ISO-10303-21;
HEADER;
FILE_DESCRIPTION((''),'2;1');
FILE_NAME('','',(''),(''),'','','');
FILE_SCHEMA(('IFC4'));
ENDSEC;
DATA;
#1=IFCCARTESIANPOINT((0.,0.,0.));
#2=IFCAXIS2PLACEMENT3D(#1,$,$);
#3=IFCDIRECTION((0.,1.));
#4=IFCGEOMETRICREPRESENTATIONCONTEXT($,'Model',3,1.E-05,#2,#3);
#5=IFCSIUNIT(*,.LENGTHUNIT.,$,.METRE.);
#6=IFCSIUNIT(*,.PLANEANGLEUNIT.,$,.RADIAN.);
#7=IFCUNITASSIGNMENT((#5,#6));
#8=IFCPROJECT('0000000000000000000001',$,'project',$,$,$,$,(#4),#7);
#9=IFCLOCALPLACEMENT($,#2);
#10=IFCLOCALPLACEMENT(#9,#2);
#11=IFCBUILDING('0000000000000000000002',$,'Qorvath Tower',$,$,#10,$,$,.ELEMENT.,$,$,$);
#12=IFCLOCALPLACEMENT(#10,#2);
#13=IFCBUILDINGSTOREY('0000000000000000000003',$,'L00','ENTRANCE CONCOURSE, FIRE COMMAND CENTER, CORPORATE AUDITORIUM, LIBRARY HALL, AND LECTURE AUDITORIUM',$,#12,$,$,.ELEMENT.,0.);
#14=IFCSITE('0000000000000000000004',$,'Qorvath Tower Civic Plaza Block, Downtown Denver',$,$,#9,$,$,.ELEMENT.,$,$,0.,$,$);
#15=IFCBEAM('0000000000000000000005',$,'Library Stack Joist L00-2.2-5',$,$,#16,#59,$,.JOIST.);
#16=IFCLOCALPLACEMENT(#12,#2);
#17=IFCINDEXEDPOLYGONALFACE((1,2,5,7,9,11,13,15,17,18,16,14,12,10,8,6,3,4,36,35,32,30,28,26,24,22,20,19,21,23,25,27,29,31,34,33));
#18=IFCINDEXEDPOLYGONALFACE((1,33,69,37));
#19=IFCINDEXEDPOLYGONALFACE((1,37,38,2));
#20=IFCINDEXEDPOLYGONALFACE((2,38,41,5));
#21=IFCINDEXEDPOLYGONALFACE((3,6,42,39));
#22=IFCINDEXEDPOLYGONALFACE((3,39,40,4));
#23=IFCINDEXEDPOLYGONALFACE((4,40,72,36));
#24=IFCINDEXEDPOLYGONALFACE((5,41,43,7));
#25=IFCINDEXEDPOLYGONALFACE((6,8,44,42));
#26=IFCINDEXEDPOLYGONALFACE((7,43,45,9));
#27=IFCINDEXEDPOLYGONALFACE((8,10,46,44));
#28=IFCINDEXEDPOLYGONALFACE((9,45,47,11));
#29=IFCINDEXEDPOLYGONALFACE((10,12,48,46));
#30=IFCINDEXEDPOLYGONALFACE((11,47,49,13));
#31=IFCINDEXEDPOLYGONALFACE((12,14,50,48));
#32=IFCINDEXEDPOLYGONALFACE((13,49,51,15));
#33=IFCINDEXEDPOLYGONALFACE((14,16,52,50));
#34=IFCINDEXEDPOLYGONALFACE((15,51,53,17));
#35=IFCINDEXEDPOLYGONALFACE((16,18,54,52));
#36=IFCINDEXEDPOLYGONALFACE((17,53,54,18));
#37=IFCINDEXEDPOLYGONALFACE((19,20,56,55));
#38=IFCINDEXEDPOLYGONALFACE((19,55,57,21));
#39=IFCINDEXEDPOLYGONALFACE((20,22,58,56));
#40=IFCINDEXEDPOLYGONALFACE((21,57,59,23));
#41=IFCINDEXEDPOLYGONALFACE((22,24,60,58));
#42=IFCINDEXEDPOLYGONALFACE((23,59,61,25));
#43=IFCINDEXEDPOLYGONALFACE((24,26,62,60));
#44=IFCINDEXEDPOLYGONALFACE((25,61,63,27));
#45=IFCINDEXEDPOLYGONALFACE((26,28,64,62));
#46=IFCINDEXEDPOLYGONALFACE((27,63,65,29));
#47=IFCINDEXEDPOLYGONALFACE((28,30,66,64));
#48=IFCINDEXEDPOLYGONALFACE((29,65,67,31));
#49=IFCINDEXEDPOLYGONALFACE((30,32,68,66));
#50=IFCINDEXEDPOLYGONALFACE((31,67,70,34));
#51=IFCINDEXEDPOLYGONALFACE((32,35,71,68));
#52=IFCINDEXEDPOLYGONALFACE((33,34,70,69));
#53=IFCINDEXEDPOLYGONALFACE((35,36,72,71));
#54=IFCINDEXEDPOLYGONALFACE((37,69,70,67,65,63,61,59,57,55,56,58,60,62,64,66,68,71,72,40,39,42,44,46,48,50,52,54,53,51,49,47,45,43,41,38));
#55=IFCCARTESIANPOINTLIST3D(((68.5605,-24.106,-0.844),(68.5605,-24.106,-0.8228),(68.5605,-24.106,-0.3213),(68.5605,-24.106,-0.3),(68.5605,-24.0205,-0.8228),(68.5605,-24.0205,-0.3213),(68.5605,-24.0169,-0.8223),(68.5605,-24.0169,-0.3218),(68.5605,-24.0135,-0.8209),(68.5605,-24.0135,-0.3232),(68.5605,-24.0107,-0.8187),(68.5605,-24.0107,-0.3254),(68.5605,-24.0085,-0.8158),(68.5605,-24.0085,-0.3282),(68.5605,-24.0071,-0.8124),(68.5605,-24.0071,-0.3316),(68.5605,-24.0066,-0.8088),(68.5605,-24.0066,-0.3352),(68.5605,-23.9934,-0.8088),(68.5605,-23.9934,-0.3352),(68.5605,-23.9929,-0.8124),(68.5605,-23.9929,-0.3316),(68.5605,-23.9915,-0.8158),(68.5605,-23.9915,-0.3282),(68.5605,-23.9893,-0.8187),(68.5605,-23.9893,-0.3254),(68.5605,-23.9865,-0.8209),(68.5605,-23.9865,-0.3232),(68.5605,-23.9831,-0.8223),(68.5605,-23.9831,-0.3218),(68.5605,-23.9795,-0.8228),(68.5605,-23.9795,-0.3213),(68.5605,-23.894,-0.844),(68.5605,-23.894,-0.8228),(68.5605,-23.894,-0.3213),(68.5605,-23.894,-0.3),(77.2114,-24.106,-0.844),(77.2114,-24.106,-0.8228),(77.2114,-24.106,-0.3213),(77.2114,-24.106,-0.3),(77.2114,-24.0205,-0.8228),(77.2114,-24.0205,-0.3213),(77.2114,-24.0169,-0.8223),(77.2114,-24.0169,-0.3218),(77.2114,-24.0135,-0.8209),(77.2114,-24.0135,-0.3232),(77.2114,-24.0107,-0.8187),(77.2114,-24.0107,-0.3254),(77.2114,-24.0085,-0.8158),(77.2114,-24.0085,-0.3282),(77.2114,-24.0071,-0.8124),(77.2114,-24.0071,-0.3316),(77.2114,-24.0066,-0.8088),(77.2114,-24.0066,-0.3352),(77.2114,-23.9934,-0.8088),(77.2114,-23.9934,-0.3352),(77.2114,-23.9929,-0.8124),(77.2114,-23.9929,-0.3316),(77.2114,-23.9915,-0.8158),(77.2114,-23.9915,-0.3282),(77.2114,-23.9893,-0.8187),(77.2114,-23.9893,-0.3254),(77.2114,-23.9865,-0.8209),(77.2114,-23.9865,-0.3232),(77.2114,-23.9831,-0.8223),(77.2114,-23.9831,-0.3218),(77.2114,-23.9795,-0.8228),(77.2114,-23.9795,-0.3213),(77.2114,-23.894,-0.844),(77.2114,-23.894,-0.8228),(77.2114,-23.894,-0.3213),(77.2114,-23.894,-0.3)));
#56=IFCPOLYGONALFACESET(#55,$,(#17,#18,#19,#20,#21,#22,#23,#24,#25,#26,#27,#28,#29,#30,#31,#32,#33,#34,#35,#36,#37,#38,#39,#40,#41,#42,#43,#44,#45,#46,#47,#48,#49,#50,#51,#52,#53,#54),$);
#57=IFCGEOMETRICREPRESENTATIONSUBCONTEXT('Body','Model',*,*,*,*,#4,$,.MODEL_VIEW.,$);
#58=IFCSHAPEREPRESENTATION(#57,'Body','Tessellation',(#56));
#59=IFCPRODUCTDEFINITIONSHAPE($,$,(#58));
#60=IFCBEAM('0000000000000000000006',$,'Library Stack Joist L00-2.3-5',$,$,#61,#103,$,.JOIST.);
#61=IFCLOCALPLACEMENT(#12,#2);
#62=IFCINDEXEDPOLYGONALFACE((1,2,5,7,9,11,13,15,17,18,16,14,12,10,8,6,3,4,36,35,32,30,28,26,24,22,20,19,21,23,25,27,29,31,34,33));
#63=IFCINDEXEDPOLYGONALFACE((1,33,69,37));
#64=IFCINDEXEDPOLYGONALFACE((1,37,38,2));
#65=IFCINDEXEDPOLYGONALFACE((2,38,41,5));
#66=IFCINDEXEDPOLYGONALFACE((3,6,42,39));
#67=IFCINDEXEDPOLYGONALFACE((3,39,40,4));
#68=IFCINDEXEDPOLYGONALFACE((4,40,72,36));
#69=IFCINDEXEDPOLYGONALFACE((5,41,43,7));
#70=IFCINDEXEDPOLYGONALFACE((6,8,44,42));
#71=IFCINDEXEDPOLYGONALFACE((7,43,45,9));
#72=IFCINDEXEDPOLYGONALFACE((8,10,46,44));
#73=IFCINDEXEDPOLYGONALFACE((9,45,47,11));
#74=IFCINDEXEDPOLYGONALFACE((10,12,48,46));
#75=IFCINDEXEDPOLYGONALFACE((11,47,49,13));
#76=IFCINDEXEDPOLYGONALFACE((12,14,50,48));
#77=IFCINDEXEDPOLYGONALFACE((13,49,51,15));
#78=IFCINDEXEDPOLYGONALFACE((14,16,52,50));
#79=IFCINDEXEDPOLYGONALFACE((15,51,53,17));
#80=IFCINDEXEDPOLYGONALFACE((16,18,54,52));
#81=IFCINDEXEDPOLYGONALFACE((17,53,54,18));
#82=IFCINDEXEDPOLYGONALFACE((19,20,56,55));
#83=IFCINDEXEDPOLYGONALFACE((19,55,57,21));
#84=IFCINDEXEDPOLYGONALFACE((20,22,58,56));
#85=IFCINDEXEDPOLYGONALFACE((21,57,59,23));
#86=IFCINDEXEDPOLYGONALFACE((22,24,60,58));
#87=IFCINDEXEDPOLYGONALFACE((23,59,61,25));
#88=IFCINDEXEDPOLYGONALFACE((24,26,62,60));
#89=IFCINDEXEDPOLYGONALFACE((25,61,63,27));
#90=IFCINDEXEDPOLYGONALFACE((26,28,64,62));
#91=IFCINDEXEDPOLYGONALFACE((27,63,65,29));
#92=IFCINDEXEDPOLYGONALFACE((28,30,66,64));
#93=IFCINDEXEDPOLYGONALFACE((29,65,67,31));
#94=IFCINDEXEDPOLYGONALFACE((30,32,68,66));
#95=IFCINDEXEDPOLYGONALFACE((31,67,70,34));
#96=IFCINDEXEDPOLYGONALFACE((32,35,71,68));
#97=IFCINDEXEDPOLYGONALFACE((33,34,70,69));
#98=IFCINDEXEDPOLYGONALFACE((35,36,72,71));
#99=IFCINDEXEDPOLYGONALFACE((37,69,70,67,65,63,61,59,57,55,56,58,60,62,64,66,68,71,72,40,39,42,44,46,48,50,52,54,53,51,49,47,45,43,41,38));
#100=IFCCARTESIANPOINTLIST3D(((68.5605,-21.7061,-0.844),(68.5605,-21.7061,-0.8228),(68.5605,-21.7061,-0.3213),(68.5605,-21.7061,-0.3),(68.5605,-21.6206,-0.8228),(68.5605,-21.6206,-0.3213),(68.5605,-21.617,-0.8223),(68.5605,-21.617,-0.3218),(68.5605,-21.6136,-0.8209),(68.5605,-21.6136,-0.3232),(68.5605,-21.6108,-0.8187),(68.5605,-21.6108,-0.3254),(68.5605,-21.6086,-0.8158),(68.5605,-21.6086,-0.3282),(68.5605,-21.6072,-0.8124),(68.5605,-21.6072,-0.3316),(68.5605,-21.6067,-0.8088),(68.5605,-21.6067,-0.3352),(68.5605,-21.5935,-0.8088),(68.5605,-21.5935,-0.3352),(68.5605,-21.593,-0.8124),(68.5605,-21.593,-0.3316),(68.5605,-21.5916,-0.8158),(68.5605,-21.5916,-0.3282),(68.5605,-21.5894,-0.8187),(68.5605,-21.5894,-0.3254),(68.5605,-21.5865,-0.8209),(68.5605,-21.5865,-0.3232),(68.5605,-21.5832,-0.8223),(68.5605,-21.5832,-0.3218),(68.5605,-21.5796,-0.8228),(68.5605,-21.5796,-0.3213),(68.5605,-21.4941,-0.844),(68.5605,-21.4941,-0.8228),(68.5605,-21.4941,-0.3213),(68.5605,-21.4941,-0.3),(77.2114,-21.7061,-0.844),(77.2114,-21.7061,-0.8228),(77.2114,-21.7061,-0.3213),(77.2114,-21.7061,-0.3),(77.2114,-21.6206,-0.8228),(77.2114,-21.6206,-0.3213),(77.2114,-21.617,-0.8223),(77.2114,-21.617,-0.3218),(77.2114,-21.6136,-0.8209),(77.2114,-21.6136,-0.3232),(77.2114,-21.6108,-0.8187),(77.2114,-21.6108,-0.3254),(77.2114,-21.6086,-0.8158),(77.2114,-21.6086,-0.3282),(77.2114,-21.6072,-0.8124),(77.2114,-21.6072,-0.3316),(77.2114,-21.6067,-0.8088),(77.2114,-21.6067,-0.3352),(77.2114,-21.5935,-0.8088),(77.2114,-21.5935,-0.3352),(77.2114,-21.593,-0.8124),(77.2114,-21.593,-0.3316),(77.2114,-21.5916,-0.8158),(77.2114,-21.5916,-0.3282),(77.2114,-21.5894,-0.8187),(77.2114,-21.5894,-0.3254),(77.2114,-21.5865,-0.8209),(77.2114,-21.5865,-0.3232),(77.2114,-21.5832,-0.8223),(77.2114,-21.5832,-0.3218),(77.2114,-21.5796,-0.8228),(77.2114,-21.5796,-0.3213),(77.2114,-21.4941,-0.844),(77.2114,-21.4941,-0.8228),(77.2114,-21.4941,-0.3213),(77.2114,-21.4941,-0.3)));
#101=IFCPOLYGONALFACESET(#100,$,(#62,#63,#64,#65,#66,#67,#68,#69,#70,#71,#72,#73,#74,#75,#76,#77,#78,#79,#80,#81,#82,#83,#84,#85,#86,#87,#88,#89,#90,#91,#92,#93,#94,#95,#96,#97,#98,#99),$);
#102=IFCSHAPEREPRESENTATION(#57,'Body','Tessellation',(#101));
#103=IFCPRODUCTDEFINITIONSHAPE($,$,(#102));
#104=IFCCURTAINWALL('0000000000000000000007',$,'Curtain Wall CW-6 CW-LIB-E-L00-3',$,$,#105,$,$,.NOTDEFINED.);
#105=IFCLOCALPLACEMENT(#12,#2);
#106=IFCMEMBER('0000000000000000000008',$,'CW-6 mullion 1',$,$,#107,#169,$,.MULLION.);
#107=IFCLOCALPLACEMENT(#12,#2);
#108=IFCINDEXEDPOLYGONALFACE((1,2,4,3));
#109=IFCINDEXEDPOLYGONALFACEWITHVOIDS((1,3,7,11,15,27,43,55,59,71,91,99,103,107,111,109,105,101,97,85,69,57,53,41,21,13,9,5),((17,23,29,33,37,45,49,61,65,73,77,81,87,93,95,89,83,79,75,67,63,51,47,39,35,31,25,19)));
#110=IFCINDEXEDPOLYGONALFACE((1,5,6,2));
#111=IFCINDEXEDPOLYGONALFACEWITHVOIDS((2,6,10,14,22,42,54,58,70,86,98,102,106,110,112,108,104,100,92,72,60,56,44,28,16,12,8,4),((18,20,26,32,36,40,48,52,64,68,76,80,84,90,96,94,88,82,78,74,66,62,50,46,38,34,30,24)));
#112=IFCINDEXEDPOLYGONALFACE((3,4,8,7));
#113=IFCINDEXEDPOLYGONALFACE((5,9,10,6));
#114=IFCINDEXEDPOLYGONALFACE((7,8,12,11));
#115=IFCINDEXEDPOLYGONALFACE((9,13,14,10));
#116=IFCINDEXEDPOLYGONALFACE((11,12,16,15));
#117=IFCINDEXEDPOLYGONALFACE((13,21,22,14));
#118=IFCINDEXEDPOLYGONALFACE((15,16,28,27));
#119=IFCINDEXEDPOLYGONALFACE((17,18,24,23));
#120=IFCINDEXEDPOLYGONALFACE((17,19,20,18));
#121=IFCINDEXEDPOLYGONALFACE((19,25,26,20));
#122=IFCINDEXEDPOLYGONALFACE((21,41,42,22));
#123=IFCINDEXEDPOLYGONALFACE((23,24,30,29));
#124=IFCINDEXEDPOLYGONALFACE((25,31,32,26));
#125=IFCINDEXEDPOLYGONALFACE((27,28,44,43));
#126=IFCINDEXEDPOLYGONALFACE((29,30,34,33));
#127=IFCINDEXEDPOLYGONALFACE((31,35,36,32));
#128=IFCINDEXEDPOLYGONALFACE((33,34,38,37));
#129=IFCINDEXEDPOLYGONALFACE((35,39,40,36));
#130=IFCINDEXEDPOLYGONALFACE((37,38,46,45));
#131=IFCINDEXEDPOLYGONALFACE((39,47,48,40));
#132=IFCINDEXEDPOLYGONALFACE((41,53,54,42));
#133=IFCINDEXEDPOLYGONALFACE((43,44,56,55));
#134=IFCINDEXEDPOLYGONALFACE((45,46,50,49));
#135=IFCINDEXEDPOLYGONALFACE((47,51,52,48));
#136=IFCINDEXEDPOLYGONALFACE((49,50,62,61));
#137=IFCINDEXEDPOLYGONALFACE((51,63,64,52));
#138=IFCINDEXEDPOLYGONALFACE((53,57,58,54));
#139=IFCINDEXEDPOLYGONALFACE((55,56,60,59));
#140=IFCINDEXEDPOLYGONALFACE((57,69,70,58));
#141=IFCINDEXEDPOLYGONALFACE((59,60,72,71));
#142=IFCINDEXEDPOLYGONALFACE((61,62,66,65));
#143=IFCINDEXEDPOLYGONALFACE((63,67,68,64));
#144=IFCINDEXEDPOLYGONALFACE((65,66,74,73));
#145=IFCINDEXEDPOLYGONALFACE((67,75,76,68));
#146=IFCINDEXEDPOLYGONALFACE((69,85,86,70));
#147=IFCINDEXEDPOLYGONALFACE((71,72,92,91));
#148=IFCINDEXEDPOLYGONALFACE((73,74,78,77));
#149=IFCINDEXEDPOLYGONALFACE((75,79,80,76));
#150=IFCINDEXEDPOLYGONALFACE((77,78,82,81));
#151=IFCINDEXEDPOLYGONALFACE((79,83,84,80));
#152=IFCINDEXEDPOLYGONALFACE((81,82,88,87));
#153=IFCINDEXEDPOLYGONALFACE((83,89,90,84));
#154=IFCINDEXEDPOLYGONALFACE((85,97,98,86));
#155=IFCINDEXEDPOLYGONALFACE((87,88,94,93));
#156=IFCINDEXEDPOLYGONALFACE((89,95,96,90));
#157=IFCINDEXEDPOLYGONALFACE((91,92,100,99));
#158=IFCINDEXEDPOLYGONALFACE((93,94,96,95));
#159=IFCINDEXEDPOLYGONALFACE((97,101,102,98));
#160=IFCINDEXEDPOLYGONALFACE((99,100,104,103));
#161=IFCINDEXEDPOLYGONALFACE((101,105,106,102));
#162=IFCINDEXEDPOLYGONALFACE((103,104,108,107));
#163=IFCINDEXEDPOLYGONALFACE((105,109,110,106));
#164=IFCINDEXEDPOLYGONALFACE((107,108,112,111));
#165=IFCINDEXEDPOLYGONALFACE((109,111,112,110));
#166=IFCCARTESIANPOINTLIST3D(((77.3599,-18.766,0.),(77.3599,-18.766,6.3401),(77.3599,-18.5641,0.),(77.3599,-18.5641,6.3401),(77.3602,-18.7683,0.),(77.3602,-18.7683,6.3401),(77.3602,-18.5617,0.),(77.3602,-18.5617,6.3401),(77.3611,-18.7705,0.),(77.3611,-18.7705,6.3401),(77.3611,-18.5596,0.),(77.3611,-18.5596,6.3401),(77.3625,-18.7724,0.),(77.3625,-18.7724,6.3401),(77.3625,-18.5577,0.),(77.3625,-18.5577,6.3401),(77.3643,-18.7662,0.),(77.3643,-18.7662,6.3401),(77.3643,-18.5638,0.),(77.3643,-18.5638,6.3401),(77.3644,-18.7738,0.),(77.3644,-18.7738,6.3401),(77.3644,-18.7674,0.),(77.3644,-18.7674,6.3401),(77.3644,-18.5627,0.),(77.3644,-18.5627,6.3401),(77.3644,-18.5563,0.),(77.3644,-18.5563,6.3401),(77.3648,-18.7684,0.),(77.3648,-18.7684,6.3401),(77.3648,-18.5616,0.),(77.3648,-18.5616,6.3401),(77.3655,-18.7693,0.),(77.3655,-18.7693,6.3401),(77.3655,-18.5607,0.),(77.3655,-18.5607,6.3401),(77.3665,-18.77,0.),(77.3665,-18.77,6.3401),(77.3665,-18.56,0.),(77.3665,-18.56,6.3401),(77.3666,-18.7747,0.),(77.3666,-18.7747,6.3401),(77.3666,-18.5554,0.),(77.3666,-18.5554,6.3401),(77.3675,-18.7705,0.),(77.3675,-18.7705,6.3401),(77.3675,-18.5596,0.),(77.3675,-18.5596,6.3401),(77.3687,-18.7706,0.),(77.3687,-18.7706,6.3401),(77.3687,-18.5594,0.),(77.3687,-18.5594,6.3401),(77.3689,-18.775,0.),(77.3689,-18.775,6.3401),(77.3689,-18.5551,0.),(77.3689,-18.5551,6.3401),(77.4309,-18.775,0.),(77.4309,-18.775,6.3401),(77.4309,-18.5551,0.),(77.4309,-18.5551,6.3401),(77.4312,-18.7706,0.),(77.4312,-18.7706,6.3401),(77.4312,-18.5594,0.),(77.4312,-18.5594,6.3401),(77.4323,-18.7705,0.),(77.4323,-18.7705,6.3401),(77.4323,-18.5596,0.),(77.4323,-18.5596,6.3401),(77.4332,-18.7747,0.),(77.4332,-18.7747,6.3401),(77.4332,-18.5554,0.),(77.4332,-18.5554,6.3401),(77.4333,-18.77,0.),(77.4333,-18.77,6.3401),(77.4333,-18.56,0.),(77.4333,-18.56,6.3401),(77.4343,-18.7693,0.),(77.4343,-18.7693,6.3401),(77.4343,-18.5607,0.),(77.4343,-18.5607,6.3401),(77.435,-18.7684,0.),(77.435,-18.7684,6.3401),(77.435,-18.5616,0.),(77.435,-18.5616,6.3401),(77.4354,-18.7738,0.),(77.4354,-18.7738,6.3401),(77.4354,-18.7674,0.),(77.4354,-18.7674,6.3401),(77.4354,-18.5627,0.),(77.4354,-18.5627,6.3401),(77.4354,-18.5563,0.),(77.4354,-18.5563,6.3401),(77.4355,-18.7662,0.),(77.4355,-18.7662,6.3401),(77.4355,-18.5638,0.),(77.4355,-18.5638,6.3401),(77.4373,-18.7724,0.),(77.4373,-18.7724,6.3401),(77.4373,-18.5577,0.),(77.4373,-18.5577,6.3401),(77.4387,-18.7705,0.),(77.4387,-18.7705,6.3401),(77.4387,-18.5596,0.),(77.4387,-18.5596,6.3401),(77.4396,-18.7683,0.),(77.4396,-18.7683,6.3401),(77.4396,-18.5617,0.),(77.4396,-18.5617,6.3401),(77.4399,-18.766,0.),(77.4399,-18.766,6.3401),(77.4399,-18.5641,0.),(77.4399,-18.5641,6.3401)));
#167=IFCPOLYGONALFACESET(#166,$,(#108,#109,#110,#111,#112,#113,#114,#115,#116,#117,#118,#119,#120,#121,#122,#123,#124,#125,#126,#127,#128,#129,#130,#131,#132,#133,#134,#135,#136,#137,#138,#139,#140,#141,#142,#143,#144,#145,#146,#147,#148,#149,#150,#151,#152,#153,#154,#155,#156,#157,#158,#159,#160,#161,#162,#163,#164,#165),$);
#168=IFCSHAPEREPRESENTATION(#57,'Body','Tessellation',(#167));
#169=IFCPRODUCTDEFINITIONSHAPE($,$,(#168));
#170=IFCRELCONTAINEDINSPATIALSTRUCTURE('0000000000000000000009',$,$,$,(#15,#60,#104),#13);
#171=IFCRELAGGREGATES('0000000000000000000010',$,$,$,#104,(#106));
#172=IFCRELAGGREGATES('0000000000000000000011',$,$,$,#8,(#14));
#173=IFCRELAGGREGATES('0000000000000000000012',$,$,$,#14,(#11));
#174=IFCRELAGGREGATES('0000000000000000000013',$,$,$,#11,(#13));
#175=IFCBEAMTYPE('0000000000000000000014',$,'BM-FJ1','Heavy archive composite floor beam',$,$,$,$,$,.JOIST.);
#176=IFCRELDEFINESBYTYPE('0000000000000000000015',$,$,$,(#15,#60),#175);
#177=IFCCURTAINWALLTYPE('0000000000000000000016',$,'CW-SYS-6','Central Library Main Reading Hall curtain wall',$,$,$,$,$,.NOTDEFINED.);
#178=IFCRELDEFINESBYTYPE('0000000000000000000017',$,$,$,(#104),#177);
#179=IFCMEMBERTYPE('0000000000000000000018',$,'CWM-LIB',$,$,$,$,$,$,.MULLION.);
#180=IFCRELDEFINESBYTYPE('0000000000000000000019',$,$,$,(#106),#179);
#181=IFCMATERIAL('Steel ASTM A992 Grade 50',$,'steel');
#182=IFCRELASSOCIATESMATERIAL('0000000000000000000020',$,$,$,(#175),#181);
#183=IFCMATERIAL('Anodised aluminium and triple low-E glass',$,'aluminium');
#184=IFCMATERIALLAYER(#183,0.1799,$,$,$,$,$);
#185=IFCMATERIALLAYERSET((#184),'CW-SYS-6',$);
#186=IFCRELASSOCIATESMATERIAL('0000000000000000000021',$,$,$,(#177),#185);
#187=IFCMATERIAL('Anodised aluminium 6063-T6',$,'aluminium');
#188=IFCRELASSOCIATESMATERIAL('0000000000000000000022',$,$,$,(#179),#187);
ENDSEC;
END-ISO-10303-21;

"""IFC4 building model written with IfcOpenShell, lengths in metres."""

from ifc_helpers import new_model, si_unit, direction, frame, origin, origin_2d, place, context, subcontext, project, spatial, hollow_rectangle, i_section, extrude, material, layer, layer_set, material_profile, profile_set, type_object, element, aggregate, save


model = new_model("IFC4")

# Units and contexts
model_context = context("Model", 3, precision=1e-05, world=origin(), true_north=direction((0.0, 1.0)))
body_context = subcontext(model_context, "Body", "Model", "MODEL_VIEW")
ifc_project = project(units=[si_unit("LENGTHUNIT", "METRE"), si_unit("PLANEANGLEUNIT", "RADIAN")], contexts=[model_context])

# Site, building, storey
site_placement = place(None, origin())
site = spatial("IfcSite", under=ifc_project, at=site_placement, Name="Qorvath Tower Civic Plaza Block, Downtown Denver", CompositionType="ELEMENT", RefElevation=0.0)
building_placement = place(site_placement, origin())
building = spatial("IfcBuilding", under=site, at=building_placement, Name="Qorvath Tower", CompositionType="ELEMENT")
storey_placement = place(building_placement, origin())
storey = spatial("IfcBuildingStorey", under=building, at=storey_placement, Name="L00", Description="ENTRANCE CONCOURSE, FIRE COMMAND CENTER, CORPORATE AUDITORIUM, LIBRARY HALL, AND LECTURE AUDITORIUM", CompositionType="ELEMENT", Elevation=0.0)

# Beams
ifc_material_1 = material(Name="Steel ASTM A992 Grade 50", Category="steel")
ifc_material_profile_1 = material_profile(ifc_material_1, i_section(OverallWidth=0.2119, OverallDepth=0.5439, WebThickness=0.0132, FlangeThickness=0.0212, FilletRadius=0.0139, at=origin_2d()), Name="W21x83")
ifc_profile_set_1 = profile_set([ifc_material_profile_1], Name="Steel ASTM A992 Grade 50")
beam_type_1 = type_object("IfcBeamType", Name="BM-FJ1", Description="Heavy archive composite floor beam", PredefinedType="JOIST", material=ifc_profile_set_1)
for number, where, z_axis, x_axis, name in (
    (1, (68.5605, -24.0, -0.572), (1.0, 0.0, 0.0), (0.0, 1.0, 0.0), "Library Stack Joist L00-2.2-5"),
    (2, (68.5605, -21.6001, -0.572), (1.0, 0.0, 0.0), (0.0, 1.0, 0.0), "Library Stack Joist L00-2.3-5"),
):
    element("IfcBeam", number, at=place(storey_placement, frame(where, z_axis=z_axis, x_axis=x_axis)), inside=storey, type_object=beam_type_1, Name=name, PredefinedType="JOIST", context=body_context, shape_type="SweptSolid", body=[
        extrude(i_section(OverallWidth=0.2119, OverallDepth=0.5439, WebThickness=0.0132, FlangeThickness=0.0212, FilletRadius=0.0139, at=origin_2d()), origin(), (0.0, 0.0, 1.0), 8.6509),
    ])

# Curtain wall, member
ifc_material_2 = material(Name="Anodised aluminium and triple low-E glass", Category="aluminium")
ifc_layer_1 = layer(ifc_material_2, 0.1799)
ifc_layer_set_1 = layer_set([ifc_layer_1], Name="CW-SYS-6")
curtain_wall_type = type_object("IfcCurtainWallType", Name="CW-SYS-6", Description="Central Library Main Reading Hall curtain wall", PredefinedType="NOTDEFINED", material=ifc_layer_set_1)
curtain_wall_placement = place(storey_placement, origin())
curtain_wall = element("IfcCurtainWall", 3, at=curtain_wall_placement, inside=storey, type_object=curtain_wall_type, Name="Curtain Wall CW-6 CW-LIB-E-L00-3", PredefinedType="NOTDEFINED")
ifc_material_3 = material(Name="Anodised aluminium 6063-T6", Category="aluminium")
ifc_material_profile_2 = material_profile(ifc_material_3, hollow_rectangle(XDim=0.0801, YDim=0.22, WallThickness=0.0044, InnerFilletRadius=0.0044, OuterFilletRadius=0.009, at=origin_2d()), Name="CWM LIB 220x80")
ifc_profile_set_2 = profile_set([ifc_material_profile_2], Name="Anodised aluminium 6063-T6")
member_type_1 = type_object("IfcMemberType", Name="CWM-LIB", PredefinedType="MULLION", material=ifc_profile_set_2)
member_1_placement = place(storey_placement, frame((77.3999, -18.665, 0.0), z_axis=(0.0, 0.0, 1.0), x_axis=(-1.0, 0.0, 0.0)))
member_1 = element("IfcMember", 4, at=member_1_placement, type_object=member_type_1, Name="CW-6 mullion 1", PredefinedType="MULLION", context=body_context, shape_type="SweptSolid", body=[
    extrude(hollow_rectangle(XDim=0.0801, YDim=0.22, WallThickness=0.0044, InnerFilletRadius=0.0044, OuterFilletRadius=0.009, at=origin_2d()), origin(), (0.0, 0.0, 1.0), 6.3401),
])
aggregate(curtain_wall, [member_1])

save(model, "model.ifc")
